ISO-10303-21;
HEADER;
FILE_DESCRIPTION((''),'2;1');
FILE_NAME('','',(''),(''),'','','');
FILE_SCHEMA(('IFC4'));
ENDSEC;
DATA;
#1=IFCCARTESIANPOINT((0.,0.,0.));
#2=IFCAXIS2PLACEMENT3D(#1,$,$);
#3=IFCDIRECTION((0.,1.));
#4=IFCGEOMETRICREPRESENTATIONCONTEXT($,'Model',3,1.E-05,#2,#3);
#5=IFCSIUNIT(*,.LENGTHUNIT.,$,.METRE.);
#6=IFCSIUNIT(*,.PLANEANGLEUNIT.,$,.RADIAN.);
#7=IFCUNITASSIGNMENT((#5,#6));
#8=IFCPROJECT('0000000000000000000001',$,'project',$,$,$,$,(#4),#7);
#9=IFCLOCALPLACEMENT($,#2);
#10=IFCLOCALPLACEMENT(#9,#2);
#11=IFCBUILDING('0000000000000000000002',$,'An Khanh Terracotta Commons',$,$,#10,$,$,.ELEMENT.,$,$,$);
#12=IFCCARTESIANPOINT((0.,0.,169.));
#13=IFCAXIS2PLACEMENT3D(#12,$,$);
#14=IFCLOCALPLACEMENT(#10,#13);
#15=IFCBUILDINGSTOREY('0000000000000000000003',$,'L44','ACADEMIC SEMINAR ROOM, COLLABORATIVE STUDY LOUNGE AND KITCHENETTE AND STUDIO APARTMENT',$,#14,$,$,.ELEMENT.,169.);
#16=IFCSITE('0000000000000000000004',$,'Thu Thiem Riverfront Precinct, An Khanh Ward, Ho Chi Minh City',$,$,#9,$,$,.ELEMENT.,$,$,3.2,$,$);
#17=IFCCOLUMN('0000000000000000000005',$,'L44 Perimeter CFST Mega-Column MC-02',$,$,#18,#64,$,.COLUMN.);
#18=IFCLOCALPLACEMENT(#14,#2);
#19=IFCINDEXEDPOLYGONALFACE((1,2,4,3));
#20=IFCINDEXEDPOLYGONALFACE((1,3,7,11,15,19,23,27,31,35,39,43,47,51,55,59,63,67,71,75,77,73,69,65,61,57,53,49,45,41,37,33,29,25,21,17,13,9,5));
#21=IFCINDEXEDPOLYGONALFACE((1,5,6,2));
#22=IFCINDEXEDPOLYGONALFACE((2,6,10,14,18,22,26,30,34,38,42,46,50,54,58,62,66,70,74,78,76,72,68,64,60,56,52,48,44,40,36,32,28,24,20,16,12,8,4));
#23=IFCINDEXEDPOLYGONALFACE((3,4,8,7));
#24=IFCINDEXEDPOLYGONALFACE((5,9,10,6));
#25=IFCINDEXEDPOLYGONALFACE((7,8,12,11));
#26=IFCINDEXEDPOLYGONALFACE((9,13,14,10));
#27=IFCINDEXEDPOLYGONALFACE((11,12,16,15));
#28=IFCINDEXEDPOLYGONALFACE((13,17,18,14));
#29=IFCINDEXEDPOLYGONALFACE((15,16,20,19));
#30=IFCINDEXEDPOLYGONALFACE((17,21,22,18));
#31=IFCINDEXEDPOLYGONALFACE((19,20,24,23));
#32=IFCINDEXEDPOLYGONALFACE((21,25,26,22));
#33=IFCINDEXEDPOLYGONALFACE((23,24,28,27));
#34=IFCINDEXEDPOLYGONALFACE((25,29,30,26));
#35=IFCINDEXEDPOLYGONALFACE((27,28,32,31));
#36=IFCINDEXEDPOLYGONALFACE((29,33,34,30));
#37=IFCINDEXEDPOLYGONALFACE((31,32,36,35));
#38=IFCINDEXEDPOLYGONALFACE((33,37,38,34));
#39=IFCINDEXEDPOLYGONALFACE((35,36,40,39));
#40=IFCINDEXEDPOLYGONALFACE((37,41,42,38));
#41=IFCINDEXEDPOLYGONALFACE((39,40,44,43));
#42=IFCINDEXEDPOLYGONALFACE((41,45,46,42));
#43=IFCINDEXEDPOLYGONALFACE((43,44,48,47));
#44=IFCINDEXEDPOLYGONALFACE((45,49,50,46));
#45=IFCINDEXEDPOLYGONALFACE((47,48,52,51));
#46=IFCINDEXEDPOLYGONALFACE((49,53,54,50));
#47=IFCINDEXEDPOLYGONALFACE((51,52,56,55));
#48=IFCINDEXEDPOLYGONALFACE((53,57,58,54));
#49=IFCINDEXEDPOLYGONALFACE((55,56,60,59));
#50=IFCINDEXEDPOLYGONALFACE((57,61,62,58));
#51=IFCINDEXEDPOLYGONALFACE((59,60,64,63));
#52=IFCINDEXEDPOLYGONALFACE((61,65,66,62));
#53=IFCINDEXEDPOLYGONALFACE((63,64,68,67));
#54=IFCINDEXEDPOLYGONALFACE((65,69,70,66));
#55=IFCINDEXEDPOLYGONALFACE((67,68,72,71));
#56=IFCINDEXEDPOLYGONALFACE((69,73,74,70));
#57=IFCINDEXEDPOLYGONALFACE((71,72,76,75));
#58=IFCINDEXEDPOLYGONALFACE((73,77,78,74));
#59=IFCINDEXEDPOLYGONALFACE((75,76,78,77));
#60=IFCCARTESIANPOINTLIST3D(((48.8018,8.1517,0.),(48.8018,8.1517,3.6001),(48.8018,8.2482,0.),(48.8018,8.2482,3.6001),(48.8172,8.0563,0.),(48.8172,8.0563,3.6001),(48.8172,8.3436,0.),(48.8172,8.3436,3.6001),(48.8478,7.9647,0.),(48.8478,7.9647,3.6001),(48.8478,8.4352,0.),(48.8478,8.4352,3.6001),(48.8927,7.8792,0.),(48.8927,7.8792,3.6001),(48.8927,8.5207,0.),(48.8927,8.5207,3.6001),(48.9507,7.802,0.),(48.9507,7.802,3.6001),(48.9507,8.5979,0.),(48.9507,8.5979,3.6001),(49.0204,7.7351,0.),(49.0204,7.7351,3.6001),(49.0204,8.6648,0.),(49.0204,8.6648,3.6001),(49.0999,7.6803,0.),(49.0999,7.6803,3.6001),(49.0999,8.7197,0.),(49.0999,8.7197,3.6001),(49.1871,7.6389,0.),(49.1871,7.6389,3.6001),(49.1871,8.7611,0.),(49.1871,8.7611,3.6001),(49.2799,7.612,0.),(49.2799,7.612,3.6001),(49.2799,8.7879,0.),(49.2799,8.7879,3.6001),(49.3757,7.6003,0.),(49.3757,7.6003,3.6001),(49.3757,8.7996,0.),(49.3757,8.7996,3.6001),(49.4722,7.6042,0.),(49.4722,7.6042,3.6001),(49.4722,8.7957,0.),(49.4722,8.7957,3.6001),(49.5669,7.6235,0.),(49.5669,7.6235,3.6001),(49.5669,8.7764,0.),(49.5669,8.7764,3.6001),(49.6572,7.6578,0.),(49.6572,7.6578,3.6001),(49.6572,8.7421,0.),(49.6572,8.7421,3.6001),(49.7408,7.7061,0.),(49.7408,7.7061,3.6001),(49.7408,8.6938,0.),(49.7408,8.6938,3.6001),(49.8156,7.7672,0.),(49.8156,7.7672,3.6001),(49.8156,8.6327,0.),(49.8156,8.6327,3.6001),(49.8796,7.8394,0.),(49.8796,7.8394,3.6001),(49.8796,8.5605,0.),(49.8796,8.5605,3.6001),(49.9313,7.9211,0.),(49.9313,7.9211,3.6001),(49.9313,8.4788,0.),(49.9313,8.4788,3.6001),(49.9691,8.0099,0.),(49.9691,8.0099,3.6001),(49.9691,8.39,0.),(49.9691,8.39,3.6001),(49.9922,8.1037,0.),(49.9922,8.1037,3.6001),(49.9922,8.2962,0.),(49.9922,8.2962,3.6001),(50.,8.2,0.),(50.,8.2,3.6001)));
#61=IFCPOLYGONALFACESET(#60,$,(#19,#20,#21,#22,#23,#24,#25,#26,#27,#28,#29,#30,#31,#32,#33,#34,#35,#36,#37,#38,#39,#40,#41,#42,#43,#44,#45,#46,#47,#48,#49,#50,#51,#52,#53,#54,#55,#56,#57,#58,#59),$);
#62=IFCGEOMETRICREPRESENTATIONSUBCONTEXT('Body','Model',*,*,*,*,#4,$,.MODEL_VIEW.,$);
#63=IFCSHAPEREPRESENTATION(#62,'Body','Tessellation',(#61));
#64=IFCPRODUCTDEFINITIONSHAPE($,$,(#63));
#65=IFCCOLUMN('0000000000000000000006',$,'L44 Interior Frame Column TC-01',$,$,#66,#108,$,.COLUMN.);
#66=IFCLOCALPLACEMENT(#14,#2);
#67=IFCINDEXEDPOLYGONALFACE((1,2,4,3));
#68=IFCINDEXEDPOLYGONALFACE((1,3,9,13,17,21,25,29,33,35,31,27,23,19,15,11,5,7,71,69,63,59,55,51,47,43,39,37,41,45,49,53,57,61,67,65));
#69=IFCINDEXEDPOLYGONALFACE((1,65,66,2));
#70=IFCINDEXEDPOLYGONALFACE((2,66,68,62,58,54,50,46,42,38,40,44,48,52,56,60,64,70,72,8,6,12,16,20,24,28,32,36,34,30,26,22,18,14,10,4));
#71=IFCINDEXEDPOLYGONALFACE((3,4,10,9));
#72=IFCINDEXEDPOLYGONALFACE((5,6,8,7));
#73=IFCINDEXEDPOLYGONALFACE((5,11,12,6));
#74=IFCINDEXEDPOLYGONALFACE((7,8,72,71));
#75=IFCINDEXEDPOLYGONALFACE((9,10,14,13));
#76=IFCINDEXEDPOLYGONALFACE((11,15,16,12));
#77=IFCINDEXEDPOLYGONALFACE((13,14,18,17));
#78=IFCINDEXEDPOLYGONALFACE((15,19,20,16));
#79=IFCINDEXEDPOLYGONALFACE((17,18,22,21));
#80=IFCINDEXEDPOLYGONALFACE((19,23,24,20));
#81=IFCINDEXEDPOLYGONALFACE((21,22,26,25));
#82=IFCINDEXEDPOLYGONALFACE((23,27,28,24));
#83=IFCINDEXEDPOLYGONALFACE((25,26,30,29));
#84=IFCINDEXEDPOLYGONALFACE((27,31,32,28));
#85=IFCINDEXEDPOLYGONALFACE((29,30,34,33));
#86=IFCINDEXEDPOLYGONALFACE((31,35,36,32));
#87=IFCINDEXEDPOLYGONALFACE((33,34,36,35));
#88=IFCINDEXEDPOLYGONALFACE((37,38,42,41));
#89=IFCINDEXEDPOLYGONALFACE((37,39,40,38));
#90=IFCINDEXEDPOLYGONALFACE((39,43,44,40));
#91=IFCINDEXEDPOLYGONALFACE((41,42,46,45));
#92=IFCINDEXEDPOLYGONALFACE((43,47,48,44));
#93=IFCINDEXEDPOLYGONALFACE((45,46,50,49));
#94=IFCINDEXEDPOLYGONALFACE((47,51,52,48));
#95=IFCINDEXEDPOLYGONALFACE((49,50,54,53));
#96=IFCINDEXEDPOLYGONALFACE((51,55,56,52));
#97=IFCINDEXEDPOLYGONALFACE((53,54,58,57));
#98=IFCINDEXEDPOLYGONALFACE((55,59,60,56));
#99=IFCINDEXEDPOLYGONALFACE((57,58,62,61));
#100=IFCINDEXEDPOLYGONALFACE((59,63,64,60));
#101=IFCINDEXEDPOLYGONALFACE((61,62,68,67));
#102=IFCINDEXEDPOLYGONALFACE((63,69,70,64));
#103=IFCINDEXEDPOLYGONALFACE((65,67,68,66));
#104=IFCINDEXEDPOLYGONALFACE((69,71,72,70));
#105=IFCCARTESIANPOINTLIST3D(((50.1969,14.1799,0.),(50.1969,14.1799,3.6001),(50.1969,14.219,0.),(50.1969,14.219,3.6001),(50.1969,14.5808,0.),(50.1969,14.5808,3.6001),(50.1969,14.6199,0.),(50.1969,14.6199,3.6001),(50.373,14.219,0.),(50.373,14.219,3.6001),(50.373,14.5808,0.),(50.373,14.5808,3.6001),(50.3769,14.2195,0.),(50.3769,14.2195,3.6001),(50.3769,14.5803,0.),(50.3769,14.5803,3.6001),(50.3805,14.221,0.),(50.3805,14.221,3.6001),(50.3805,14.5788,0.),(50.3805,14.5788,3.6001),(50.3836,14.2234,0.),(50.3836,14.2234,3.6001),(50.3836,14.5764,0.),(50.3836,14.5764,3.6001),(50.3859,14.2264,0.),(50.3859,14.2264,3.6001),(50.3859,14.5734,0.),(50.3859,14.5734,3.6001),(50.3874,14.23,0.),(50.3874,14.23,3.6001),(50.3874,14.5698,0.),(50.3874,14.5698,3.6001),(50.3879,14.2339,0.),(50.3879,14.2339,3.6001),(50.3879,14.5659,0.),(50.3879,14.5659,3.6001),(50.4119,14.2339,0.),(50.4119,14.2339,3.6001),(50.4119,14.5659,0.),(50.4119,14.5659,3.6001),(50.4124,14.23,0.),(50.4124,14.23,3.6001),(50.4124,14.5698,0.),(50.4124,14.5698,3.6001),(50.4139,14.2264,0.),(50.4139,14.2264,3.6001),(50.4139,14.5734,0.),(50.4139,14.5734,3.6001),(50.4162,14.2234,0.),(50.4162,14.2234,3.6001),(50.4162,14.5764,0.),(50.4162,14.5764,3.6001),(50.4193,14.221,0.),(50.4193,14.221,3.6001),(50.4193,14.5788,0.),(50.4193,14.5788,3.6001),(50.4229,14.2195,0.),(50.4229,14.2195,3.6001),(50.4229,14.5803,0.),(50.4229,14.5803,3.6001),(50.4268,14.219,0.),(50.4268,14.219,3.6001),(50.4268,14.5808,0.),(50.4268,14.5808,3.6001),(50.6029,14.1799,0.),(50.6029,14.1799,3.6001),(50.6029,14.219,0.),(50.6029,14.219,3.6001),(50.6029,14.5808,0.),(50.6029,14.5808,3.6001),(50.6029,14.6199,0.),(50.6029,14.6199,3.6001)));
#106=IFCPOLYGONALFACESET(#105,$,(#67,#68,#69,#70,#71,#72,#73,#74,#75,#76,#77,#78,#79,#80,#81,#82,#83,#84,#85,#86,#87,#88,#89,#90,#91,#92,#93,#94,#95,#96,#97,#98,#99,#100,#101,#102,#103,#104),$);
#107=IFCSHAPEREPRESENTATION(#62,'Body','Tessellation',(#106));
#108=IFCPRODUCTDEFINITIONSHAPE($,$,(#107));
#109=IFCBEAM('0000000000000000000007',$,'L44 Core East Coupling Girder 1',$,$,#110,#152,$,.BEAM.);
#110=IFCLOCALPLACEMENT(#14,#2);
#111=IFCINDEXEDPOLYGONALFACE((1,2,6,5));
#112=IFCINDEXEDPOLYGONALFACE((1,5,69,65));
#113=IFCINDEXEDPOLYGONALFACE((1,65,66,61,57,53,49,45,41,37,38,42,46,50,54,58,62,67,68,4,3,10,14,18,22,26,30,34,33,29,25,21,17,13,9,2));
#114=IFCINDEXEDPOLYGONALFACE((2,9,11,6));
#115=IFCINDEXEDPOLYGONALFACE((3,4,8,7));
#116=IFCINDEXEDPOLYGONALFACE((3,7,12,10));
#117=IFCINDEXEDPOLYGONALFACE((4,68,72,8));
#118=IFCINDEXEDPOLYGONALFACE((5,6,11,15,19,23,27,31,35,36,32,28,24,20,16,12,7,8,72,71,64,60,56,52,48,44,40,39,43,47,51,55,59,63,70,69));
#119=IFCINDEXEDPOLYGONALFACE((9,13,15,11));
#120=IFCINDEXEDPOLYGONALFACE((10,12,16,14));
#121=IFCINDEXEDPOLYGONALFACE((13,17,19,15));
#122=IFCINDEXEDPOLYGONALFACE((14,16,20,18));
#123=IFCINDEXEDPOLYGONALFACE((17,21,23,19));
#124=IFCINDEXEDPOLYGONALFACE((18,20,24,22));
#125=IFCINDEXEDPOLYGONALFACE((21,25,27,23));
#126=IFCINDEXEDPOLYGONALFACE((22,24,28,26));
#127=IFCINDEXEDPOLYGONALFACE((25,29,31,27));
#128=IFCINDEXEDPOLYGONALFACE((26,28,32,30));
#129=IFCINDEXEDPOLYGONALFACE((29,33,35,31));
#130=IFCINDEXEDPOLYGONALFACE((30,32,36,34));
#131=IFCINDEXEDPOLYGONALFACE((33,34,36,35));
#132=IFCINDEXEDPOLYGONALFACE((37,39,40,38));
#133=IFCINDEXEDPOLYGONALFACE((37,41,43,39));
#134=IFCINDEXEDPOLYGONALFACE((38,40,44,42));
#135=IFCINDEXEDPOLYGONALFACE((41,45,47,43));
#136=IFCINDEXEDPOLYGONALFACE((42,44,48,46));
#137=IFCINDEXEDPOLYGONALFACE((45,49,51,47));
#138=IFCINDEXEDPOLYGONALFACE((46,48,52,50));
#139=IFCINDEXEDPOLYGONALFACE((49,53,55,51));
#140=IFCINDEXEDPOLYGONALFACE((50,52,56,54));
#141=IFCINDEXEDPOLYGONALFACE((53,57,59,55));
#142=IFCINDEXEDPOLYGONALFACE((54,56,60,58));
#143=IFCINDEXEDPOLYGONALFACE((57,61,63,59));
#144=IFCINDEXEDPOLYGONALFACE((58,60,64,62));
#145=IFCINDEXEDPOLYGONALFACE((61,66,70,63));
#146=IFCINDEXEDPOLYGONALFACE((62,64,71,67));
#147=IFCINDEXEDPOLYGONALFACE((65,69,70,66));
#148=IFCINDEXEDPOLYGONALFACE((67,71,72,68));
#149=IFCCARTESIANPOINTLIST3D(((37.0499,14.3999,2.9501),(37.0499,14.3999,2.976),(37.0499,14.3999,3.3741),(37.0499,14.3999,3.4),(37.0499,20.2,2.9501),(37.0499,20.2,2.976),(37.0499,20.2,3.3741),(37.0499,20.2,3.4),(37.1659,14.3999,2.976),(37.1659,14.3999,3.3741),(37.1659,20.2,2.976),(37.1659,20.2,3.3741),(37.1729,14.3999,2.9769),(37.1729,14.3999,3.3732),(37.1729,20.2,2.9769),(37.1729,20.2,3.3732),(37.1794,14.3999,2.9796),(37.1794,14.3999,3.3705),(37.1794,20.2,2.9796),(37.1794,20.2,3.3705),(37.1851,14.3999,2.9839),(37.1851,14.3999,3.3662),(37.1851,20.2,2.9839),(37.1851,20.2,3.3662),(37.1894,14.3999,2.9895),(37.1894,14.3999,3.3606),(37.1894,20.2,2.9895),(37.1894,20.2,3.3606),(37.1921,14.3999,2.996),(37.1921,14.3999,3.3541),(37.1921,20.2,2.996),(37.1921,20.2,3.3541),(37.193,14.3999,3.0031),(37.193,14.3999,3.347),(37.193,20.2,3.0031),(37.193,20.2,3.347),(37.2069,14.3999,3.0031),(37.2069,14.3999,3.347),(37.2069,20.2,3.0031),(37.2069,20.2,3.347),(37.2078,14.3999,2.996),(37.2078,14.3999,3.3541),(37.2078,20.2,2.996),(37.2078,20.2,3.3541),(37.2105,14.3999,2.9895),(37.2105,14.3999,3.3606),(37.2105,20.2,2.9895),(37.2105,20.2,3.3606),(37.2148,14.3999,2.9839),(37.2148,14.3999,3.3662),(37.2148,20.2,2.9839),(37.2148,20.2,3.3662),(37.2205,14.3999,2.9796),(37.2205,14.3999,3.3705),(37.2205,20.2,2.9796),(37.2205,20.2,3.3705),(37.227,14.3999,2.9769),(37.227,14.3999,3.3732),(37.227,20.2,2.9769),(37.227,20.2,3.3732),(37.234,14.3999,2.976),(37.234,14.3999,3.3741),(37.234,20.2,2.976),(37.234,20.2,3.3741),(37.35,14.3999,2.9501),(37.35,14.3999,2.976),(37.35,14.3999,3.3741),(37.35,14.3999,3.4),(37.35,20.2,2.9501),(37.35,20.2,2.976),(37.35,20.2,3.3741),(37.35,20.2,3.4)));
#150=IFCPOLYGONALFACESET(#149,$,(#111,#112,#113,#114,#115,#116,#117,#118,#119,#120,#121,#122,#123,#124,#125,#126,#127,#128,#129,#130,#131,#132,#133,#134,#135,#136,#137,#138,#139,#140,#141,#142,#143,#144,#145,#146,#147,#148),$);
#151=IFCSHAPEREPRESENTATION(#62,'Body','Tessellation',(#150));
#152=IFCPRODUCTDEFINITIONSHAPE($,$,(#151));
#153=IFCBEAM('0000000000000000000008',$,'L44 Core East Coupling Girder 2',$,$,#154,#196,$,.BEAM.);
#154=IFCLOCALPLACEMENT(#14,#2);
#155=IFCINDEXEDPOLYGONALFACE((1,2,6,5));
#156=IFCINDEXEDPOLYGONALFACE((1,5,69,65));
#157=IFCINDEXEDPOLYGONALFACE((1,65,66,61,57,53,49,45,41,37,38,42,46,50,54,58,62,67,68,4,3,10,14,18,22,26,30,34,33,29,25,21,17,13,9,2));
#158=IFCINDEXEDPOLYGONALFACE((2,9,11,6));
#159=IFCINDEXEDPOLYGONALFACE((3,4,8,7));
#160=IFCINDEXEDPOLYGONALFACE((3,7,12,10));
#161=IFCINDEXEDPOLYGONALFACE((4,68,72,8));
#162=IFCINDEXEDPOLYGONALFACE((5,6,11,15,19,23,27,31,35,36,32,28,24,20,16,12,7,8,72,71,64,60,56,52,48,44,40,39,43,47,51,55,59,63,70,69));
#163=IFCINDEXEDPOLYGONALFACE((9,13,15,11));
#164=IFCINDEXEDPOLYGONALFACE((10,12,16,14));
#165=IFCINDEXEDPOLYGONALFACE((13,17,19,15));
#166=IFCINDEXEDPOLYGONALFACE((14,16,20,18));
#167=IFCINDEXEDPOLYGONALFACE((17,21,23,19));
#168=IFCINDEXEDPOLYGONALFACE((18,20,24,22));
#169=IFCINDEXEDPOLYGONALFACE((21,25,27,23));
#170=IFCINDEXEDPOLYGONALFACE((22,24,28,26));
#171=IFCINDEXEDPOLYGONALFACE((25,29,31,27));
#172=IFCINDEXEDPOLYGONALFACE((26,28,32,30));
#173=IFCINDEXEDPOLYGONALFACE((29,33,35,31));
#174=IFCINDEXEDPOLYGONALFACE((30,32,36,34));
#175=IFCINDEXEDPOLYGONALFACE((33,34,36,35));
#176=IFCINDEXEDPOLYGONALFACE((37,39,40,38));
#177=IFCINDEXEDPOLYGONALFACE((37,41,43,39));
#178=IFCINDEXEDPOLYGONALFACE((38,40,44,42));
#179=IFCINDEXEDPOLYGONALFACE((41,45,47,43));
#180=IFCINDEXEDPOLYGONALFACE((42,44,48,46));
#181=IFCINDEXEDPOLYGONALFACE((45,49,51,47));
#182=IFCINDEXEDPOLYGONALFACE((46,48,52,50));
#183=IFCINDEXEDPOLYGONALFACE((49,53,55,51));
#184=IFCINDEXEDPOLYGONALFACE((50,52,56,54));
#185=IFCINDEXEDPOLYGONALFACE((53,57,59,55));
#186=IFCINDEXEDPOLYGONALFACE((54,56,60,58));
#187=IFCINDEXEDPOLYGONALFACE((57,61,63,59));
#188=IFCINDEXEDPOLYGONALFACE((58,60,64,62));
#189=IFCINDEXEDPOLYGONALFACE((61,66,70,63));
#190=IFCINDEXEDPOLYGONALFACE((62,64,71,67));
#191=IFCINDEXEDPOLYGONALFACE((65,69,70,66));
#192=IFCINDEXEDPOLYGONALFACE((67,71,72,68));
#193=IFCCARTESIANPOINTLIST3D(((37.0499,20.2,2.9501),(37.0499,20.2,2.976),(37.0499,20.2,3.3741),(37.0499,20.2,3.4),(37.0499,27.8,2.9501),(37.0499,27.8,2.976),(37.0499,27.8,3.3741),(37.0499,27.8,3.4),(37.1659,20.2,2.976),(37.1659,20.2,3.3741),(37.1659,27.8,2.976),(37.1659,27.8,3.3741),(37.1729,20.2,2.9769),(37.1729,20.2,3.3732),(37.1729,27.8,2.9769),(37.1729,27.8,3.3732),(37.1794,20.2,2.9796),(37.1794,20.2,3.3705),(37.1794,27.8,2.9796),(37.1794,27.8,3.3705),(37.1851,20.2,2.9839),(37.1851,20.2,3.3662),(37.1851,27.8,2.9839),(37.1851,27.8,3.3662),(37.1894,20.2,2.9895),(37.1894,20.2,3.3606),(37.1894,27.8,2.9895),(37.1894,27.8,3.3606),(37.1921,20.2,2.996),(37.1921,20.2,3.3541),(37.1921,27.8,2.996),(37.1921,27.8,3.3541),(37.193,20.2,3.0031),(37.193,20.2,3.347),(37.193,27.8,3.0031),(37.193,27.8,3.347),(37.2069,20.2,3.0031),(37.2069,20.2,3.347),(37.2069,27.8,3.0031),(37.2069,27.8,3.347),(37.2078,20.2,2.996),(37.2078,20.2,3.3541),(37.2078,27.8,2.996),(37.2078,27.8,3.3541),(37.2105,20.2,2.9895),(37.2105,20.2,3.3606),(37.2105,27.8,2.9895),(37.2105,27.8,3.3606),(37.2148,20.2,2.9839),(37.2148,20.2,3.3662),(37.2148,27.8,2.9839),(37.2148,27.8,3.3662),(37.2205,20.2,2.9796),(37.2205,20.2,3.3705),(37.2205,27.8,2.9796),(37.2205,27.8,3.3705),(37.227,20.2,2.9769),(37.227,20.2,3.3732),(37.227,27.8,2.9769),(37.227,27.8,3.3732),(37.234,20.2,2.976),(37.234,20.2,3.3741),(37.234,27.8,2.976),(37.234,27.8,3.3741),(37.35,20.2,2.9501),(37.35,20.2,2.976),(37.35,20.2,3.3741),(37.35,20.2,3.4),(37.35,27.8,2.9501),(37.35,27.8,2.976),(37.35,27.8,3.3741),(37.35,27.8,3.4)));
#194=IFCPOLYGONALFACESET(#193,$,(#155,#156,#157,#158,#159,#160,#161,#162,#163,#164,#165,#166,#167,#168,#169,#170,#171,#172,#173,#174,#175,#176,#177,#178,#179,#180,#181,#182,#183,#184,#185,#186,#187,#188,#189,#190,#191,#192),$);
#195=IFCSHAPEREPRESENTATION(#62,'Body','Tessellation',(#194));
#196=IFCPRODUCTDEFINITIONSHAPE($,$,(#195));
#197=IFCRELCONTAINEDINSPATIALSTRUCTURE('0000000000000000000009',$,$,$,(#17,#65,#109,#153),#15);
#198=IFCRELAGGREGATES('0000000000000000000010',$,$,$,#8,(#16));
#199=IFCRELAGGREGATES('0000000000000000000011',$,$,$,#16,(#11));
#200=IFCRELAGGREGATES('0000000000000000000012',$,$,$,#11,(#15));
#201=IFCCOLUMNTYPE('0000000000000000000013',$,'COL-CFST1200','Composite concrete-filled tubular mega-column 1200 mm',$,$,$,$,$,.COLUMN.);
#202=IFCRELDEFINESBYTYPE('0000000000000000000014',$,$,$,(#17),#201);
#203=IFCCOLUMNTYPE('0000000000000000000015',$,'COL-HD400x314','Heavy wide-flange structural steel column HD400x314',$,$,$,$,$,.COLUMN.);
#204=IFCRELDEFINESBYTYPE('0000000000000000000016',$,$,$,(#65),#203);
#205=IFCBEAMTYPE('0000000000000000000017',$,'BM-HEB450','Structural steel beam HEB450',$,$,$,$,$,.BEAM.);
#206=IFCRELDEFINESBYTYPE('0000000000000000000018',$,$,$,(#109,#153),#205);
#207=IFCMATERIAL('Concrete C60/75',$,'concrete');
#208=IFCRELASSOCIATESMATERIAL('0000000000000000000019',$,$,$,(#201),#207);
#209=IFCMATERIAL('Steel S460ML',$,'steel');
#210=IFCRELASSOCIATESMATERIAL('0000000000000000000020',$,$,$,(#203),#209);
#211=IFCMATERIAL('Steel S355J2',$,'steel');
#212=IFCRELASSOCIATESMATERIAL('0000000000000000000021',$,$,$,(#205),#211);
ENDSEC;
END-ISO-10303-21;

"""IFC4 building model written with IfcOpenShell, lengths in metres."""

from ifc_helpers import new_model, si_unit, direction, frame, origin, origin_2d, place, context, subcontext, project, spatial, circle, i_section, extrude, material, material_profile, profile_set, type_object, element, save


model = new_model("IFC4")

# Units and contexts
model_context = context("Model", 3, precision=1e-05, world=origin(), true_north=direction((0.0, 1.0)))
body_context = subcontext(model_context, "Body", "Model", "MODEL_VIEW")
ifc_project = project(units=[si_unit("LENGTHUNIT", "METRE"), si_unit("PLANEANGLEUNIT", "RADIAN")], contexts=[model_context])

# Site, building, storey
site_placement = place(None, origin())
site = spatial("IfcSite", under=ifc_project, at=site_placement, Name="Thu Thiem Riverfront Precinct, An Khanh Ward, Ho Chi Minh City", CompositionType="ELEMENT", RefElevation=3.2)
building_placement = place(site_placement, origin())
building = spatial("IfcBuilding", under=site, at=building_placement, Name="An Khanh Terracotta Commons", CompositionType="ELEMENT")
storey_placement = place(building_placement, frame((0.0, 0.0, 169.0)))
storey = spatial("IfcBuildingStorey", under=building, at=storey_placement, Name="L44", Description="ACADEMIC SEMINAR ROOM, COLLABORATIVE STUDY LOUNGE AND KITCHENETTE AND STUDIO APARTMENT", CompositionType="ELEMENT", Elevation=169.0)

# Columns
ifc_material_1 = material(Name="Concrete C60/75", Category="concrete")
ifc_material_profile_1 = material_profile(ifc_material_1, circle(Radius=0.6001, at=origin_2d()), Name="CFST1200")
ifc_profile_set_1 = profile_set([ifc_material_profile_1], Name="Concrete C60/75")
column_type_1 = type_object("IfcColumnType", Name="COL-CFST1200", Description="Composite concrete-filled tubular mega-column 1200 mm", PredefinedType="COLUMN", material=ifc_profile_set_1)
column_1_placement = place(storey_placement, frame((49.3999, 8.2, 0.0), z_axis=(0.0, 0.0, 1.0), x_axis=(1.0, 0.0, 0.0)))
element("IfcColumn", 1, at=column_1_placement, inside=storey, type_object=column_type_1, Name="L44 Perimeter CFST Mega-Column MC-02", PredefinedType="COLUMN", context=body_context, shape_type="SweptSolid", body=[
    extrude(circle(Radius=0.6001, at=origin_2d()), origin(), (0.0, 0.0, 1.0), 3.6001),
])
ifc_material_2 = material(Name="Steel S460ML", Category="steel")
ifc_material_profile_2 = material_profile(ifc_material_2, i_section(OverallWidth=0.406, OverallDepth=0.4399, WebThickness=0.0239, FlangeThickness=0.0391, FilletRadius=0.0149, at=origin_2d()), Name="HD400x314")
ifc_profile_set_2 = profile_set([ifc_material_profile_2], Name="Steel S460ML")
column_type_2 = type_object("IfcColumnType", Name="COL-HD400x314", Description="Heavy wide-flange structural steel column HD400x314", PredefinedType="COLUMN", material=ifc_profile_set_2)
column_2_placement = place(storey_placement, frame((50.3999, 14.3999, 0.0), z_axis=(0.0, 0.0, 1.0), x_axis=(1.0, 0.0, 0.0)))
element("IfcColumn", 2, at=column_2_placement, inside=storey, type_object=column_type_2, Name="L44 Interior Frame Column TC-01", PredefinedType="COLUMN", context=body_context, shape_type="SweptSolid", body=[
    extrude(i_section(OverallWidth=0.406, OverallDepth=0.4399, WebThickness=0.0239, FlangeThickness=0.0391, FilletRadius=0.0149, at=origin_2d()), origin(), (0.0, 0.0, 1.0), 3.6001),
])

# Beams
ifc_material_3 = material(Name="Steel S355J2", Category="steel")
ifc_material_profile_3 = material_profile(ifc_material_3, i_section(OverallWidth=0.3, OverallDepth=0.45, WebThickness=0.0139, FlangeThickness=0.0259, FilletRadius=0.0271, at=origin_2d()), Name="HEB450")
ifc_profile_set_3 = profile_set([ifc_material_profile_3], Name="Steel S355J2")
beam_type_1 = type_object("IfcBeamType", Name="BM-HEB450", Description="Structural steel beam HEB450", PredefinedType="BEAM", material=ifc_profile_set_3)
beam_1_placement = place(storey_placement, frame((37.2, 14.3999, 3.175), z_axis=(0.0, 1.0, 0.0), x_axis=(-1.0, 0.0, 0.0)))
element("IfcBeam", 3, at=beam_1_placement, inside=storey, type_object=beam_type_1, Name="L44 Core East Coupling Girder 1", PredefinedType="BEAM", context=body_context, shape_type="SweptSolid", body=[
    extrude(i_section(OverallWidth=0.3, OverallDepth=0.45, WebThickness=0.0139, FlangeThickness=0.0259, FilletRadius=0.0271, at=origin_2d()), origin(), (0.0, 0.0, 1.0), 5.8),
])
beam_2_placement = place(storey_placement, frame((37.2, 20.2, 3.175), z_axis=(0.0, 1.0, 0.0), x_axis=(-1.0, 0.0, 0.0)))
element("IfcBeam", 4, at=beam_2_placement, inside=storey, type_object=beam_type_1, Name="L44 Core East Coupling Girder 2", PredefinedType="BEAM", context=body_context, shape_type="SweptSolid", body=[
    extrude(i_section(OverallWidth=0.3, OverallDepth=0.45, WebThickness=0.0139, FlangeThickness=0.0259, FilletRadius=0.0271, at=origin_2d()), origin(), (0.0, 0.0, 1.0), 7.6001),
])

save(model, "model.ifc")
